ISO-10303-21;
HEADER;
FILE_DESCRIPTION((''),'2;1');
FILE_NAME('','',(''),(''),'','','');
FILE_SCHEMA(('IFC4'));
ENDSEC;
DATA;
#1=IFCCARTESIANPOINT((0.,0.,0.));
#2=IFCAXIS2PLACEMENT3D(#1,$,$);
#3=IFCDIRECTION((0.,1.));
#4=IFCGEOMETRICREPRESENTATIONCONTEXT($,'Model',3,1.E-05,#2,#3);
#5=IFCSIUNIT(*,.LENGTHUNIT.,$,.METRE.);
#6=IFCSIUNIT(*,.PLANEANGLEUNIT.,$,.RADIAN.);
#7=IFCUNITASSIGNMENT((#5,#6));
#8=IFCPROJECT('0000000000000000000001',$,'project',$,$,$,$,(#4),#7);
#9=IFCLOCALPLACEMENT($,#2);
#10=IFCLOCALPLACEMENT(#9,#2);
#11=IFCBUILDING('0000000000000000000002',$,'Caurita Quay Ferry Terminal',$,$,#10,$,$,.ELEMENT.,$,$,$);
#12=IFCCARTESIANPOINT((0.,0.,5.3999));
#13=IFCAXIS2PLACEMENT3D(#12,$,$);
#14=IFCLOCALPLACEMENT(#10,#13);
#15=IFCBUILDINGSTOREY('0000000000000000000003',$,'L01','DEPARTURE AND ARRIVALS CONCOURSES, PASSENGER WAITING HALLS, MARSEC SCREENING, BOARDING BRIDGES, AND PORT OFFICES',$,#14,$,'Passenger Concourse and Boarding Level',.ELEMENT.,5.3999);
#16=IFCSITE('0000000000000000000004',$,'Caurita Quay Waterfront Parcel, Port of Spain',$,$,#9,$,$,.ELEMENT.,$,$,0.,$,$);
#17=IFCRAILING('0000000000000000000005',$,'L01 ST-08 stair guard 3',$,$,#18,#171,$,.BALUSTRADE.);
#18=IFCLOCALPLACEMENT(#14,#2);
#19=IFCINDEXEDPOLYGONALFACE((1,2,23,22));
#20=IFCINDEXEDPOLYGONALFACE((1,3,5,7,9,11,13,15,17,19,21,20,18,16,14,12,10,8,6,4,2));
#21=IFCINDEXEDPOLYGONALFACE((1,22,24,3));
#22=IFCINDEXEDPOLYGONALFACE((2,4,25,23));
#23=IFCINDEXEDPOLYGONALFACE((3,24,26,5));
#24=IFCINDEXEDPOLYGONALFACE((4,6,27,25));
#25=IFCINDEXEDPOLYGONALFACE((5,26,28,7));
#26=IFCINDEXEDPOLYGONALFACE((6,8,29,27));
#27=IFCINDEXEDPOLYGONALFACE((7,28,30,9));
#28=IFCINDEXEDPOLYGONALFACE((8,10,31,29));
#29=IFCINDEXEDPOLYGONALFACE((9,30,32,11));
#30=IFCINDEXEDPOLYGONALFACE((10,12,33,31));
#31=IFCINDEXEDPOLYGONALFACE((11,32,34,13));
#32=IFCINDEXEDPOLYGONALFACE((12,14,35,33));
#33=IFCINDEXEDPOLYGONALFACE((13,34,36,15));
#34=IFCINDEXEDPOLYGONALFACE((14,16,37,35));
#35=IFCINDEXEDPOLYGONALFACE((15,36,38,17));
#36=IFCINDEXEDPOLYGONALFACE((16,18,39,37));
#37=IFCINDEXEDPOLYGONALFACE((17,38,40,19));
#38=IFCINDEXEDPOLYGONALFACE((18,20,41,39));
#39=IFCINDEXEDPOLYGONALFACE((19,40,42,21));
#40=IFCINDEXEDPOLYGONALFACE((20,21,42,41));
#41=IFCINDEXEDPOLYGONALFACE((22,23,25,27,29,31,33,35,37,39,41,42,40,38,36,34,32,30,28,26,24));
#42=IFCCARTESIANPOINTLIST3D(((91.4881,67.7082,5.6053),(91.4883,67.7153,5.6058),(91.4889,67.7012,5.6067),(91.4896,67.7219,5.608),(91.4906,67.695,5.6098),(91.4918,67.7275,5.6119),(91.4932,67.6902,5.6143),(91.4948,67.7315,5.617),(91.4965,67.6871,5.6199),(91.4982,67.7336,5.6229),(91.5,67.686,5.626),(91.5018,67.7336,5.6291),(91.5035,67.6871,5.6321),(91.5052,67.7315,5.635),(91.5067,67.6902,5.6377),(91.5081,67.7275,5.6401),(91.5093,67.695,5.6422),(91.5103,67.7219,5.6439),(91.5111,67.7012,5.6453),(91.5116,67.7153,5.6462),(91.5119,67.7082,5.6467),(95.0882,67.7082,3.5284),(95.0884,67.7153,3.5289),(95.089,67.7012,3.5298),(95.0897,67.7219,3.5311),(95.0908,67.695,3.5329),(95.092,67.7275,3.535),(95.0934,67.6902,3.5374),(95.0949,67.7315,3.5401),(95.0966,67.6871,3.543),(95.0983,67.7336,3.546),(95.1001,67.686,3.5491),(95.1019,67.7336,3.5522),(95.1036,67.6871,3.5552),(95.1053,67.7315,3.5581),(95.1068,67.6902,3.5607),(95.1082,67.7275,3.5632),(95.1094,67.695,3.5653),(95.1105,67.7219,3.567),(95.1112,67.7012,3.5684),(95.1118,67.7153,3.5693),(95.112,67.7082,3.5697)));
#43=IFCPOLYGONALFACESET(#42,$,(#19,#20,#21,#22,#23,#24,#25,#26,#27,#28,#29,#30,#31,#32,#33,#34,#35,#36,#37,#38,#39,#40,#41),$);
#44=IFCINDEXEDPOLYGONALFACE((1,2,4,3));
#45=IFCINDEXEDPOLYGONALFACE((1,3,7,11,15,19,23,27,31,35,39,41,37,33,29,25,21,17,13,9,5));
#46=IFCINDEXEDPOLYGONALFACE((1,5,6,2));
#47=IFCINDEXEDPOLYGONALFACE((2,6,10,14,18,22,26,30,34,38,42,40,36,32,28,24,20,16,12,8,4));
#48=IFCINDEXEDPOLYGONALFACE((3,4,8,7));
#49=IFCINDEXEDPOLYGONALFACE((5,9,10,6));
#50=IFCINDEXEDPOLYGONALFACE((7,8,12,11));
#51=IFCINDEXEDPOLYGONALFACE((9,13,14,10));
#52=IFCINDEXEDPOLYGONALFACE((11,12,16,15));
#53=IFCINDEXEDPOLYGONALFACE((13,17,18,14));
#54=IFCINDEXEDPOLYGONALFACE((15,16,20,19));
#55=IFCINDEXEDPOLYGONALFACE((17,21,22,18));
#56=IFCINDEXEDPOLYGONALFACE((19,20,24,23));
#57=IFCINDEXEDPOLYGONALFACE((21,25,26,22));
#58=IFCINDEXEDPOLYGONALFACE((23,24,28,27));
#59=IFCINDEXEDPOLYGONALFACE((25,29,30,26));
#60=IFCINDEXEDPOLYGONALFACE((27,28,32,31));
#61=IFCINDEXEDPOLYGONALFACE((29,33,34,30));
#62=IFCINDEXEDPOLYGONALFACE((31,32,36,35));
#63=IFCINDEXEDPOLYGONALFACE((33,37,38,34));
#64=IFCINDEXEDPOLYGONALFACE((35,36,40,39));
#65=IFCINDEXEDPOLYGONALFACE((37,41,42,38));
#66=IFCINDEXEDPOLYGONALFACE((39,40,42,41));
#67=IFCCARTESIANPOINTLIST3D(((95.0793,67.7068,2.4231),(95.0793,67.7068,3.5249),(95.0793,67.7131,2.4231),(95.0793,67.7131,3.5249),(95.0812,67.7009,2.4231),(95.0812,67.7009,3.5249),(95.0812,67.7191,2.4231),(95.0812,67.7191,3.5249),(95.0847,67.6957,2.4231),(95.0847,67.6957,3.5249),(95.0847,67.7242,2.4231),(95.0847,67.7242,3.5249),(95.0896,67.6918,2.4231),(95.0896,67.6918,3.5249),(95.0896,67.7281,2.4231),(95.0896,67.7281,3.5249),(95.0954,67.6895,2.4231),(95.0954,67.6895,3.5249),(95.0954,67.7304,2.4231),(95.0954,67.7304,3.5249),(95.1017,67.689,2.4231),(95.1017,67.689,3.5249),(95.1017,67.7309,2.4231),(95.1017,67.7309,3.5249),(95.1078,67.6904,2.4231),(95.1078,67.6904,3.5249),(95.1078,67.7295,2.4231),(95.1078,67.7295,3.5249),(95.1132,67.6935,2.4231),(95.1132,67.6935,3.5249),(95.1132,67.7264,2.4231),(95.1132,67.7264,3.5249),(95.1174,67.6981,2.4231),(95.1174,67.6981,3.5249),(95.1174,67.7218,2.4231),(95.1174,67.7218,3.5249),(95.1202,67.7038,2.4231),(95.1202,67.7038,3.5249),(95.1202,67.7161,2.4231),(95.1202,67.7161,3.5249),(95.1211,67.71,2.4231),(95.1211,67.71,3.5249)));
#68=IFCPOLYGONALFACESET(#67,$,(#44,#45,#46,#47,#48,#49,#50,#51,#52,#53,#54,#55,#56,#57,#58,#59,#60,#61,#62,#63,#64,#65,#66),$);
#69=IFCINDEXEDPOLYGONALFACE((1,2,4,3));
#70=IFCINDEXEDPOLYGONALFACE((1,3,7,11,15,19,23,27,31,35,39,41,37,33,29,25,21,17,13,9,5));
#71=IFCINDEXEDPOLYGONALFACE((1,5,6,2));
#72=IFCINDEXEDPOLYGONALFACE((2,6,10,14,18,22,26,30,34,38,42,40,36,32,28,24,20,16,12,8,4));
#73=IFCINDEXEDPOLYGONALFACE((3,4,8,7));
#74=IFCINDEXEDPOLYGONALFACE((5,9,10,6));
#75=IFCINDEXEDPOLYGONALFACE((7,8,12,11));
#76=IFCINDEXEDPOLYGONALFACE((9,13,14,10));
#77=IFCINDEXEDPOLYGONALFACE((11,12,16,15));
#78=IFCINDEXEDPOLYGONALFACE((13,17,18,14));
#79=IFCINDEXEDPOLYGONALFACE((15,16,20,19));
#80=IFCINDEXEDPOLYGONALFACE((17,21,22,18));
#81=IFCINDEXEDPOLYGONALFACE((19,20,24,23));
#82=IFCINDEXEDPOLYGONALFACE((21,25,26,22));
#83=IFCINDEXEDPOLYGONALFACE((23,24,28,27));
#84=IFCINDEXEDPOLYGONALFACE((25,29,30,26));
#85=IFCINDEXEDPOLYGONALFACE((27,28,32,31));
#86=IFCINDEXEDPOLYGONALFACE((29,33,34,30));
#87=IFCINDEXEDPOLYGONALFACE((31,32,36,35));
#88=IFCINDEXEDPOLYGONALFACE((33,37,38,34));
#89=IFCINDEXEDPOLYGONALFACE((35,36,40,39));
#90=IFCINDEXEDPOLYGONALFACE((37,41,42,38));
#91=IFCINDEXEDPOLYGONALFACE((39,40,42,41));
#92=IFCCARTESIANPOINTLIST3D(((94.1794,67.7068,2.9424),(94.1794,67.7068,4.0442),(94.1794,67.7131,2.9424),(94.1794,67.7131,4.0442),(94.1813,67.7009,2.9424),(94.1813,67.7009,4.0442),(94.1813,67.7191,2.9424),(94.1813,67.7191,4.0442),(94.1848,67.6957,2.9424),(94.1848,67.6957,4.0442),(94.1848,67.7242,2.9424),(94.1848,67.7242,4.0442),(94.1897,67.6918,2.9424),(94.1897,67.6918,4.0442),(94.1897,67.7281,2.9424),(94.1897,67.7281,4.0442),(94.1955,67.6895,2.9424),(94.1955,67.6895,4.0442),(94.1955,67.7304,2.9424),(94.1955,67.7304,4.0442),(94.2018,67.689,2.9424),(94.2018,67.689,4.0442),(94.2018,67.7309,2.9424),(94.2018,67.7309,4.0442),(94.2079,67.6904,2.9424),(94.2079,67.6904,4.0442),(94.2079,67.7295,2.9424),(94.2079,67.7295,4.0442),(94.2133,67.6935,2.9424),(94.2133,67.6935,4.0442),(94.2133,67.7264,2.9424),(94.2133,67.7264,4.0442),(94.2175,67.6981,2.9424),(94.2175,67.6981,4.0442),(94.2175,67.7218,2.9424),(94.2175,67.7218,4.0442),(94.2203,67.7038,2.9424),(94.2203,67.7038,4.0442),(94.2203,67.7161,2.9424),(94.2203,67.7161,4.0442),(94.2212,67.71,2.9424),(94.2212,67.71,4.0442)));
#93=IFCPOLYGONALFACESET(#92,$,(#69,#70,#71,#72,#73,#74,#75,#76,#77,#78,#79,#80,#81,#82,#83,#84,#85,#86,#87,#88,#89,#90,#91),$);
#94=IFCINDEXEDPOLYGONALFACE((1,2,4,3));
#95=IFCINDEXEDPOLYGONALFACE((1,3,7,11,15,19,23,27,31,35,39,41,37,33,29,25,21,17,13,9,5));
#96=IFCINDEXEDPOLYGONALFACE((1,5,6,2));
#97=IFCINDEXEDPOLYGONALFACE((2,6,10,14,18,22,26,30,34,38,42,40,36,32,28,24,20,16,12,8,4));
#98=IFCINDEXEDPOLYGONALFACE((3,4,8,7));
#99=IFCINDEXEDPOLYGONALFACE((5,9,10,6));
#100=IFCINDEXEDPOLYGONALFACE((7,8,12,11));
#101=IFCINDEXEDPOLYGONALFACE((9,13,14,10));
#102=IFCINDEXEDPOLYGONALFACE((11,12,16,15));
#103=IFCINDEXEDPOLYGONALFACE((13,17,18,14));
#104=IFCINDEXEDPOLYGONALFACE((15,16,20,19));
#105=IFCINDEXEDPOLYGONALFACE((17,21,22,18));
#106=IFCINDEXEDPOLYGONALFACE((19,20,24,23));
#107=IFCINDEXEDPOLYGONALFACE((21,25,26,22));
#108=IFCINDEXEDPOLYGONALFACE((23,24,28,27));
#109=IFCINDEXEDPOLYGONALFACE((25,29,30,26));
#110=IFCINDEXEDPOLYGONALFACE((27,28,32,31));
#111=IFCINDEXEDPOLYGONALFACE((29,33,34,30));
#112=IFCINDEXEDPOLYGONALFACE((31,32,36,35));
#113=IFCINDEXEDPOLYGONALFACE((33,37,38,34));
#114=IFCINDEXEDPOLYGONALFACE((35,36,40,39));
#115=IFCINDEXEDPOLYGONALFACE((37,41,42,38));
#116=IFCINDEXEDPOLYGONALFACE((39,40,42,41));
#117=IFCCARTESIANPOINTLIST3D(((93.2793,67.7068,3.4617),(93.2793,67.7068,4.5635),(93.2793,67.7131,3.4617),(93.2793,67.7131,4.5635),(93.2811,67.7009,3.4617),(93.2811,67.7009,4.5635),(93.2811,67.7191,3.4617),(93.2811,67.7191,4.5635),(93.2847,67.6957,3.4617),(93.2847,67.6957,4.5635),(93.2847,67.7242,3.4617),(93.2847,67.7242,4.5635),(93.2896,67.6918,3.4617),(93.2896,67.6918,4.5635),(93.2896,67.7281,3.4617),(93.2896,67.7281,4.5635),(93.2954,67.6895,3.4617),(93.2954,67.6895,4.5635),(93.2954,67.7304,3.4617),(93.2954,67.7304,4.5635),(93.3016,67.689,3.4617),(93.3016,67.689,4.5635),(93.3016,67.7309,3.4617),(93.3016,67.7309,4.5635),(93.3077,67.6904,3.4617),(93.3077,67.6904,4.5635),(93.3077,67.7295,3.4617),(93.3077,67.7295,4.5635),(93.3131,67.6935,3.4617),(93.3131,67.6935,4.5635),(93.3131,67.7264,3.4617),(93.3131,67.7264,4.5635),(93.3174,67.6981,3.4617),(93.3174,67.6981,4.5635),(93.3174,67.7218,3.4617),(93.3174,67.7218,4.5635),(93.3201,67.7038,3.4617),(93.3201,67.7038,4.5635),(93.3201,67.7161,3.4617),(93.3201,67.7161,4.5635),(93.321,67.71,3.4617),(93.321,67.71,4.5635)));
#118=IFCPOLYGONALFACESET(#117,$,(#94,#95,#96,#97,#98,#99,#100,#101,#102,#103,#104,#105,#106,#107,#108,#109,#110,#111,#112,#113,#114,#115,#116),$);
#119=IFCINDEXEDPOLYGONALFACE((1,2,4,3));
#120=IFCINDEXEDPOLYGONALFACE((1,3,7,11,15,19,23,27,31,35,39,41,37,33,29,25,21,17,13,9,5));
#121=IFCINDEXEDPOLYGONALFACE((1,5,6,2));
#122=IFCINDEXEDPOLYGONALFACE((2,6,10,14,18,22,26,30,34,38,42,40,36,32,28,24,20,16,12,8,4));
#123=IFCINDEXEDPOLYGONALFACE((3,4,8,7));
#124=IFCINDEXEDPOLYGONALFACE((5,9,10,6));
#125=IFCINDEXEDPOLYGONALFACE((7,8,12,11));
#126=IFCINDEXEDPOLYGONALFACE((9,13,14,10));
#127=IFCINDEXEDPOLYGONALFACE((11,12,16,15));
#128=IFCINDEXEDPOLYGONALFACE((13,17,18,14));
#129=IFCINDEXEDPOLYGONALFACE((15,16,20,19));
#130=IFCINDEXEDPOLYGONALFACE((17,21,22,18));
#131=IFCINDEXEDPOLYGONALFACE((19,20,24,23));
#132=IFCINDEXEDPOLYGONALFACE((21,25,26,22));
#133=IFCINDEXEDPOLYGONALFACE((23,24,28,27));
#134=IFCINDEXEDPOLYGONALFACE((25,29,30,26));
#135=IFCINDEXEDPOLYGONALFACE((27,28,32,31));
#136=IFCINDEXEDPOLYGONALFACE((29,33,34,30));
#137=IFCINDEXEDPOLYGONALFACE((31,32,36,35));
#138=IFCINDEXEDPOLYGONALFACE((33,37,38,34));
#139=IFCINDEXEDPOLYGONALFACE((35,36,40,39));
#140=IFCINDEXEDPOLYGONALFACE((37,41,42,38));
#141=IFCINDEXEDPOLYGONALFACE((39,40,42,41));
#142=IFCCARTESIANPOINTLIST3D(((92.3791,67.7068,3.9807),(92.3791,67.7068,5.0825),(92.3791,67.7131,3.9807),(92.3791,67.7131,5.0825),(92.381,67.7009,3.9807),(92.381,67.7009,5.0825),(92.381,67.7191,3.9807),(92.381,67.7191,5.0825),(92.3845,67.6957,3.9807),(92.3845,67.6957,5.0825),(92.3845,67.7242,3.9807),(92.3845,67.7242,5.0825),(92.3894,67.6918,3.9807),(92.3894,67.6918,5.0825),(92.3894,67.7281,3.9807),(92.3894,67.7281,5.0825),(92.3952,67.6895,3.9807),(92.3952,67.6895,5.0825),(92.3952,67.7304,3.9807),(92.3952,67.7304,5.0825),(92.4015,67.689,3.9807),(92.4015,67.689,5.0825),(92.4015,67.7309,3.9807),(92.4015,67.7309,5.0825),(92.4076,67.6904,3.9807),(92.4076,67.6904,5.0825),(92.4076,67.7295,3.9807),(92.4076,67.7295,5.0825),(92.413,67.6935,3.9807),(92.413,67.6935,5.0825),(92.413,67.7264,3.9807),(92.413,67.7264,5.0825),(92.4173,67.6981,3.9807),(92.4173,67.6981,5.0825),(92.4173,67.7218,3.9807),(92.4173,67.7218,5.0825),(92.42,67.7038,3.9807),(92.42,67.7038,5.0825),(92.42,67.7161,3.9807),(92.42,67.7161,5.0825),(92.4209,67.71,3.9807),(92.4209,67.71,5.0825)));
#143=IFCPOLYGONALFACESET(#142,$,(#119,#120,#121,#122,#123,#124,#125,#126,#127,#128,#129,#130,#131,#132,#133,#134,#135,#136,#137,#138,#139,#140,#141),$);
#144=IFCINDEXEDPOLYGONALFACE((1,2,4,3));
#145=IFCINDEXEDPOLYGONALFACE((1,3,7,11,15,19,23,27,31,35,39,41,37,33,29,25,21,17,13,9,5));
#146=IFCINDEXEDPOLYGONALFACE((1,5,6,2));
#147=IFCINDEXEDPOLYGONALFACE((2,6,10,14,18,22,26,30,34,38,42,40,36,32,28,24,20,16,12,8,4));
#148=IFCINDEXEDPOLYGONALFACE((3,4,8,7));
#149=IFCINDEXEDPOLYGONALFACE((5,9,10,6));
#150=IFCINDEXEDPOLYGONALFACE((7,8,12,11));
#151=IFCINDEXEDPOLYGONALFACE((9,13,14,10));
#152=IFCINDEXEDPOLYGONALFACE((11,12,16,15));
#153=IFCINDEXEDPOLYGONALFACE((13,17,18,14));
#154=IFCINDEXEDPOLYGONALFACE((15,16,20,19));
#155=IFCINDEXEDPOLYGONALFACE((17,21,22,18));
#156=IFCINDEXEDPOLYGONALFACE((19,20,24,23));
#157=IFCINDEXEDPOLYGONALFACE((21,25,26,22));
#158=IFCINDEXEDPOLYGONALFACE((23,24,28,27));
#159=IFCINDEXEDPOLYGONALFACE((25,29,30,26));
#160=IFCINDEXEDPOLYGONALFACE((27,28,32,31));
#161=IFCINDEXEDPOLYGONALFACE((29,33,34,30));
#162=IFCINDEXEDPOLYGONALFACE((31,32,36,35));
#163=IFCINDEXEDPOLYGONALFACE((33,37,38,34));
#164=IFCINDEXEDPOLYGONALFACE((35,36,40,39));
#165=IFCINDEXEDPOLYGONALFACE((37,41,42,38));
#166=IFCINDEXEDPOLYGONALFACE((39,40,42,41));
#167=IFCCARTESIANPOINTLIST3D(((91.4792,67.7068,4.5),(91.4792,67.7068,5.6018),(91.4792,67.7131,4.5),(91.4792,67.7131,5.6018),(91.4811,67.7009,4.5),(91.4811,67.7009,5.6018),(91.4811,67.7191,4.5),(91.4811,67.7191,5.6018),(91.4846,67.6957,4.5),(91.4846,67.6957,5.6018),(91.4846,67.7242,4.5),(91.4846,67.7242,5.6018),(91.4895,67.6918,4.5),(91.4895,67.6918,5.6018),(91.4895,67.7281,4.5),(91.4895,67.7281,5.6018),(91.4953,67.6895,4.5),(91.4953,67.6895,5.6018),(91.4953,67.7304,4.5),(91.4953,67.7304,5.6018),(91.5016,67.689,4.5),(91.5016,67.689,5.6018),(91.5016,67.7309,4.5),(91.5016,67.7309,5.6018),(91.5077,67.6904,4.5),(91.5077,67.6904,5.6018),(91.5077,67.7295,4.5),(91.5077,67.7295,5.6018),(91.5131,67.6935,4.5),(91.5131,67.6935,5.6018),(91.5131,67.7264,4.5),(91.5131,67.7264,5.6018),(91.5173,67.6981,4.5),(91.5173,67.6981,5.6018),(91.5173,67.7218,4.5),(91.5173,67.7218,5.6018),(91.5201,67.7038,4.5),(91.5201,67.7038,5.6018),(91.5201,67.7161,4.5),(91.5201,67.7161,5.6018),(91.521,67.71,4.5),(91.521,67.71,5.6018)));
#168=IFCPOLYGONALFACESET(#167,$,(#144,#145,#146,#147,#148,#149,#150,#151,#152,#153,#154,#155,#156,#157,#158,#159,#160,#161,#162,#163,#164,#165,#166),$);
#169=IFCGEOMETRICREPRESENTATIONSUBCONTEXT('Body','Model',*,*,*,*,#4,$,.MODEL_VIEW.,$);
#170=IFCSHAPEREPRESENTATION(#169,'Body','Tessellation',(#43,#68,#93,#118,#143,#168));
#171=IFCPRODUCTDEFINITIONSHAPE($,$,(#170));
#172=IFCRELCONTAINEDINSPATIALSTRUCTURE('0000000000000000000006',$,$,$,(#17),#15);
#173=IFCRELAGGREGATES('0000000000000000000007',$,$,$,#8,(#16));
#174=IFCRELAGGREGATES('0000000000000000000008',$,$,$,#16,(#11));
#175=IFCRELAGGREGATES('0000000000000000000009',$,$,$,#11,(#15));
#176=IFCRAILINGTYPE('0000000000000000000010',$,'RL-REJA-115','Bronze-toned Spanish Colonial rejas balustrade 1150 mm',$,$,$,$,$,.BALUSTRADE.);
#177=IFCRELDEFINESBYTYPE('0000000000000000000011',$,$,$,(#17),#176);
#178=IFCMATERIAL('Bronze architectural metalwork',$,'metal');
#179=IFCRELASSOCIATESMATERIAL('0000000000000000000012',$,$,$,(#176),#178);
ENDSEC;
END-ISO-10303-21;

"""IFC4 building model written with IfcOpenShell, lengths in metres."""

from ifc_helpers import new_model, si_unit, direction, frame, origin, origin_2d, place, context, subcontext, project, spatial, circle, extrude, material, type_object, element, save


model = new_model("IFC4")

# Units and contexts
model_context = context("Model", 3, precision=1e-05, world=origin(), true_north=direction((0.0, 1.0)))
body_context = subcontext(model_context, "Body", "Model", "MODEL_VIEW")
ifc_project = project(units=[si_unit("LENGTHUNIT", "METRE"), si_unit("PLANEANGLEUNIT", "RADIAN")], contexts=[model_context])

# Site, building, storey
site_placement = place(None, origin())
site = spatial("IfcSite", under=ifc_project, at=site_placement, Name="Caurita Quay Waterfront Parcel, Port of Spain", CompositionType="ELEMENT", RefElevation=0.0)
building_placement = place(site_placement, origin())
building = spatial("IfcBuilding", under=site, at=building_placement, Name="Caurita Quay Ferry Terminal", CompositionType="ELEMENT")
storey_placement = place(building_placement, frame((0.0, 0.0, 5.3999)))
storey = spatial("IfcBuildingStorey", under=building, at=storey_placement, Name="L01", Description="DEPARTURE AND ARRIVALS CONCOURSES, PASSENGER WAITING HALLS, MARSEC SCREENING, BOARDING BRIDGES, AND PORT OFFICES", LongName="Passenger Concourse and Boarding Level", CompositionType="ELEMENT", Elevation=5.3999)

# Railing
ifc_material_1 = material(Name="Bronze architectural metalwork", Category="metal")
railing_type_1 = type_object("IfcRailingType", Name="RL-REJA-115", Description="Bronze-toned Spanish Colonial rejas balustrade 1150 mm", PredefinedType="BALUSTRADE", material=ifc_material_1)
railing_1_placement = place(storey_placement, frame((95.1001, 67.71, 2.4231)))
element("IfcRailing", 1, at=railing_1_placement, inside=storey, type_object=railing_type_1, Name="L01 ST-08 stair guard 3", PredefinedType="BALUSTRADE", context=body_context, shape_type="SweptSolid", body=[
    extrude(circle(Radius=0.0239, at=origin_2d()), frame((0.0, 0.0, 1.126), z_axis=(-0.866193, 0.0, 0.499709), x_axis=(0.0, -1.0, 0.0)), (0.0, 0.0, 1.0), 4.1562),
    extrude(circle(Radius=0.021, at=origin_2d()), origin(), (0.0, 0.0, 1.0), 1.1018),
    extrude(circle(Radius=0.021, at=origin_2d()), frame((-0.8999, 0.0, 0.5193)), (0.0, 0.0, 1.0), 1.1018),
    extrude(circle(Radius=0.021, at=origin_2d()), frame((-1.8, 0.0, 1.0386)), (0.0, 0.0, 1.0), 1.1018),
    extrude(circle(Radius=0.021, at=origin_2d()), frame((-2.7002, 0.0, 1.5576)), (0.0, 0.0, 1.0), 1.1018),
    extrude(circle(Radius=0.021, at=origin_2d()), frame((-3.6001, 0.0, 2.0769)), (0.0, 0.0, 1.0), 1.1018),
])

save(model, "model.ifc")
